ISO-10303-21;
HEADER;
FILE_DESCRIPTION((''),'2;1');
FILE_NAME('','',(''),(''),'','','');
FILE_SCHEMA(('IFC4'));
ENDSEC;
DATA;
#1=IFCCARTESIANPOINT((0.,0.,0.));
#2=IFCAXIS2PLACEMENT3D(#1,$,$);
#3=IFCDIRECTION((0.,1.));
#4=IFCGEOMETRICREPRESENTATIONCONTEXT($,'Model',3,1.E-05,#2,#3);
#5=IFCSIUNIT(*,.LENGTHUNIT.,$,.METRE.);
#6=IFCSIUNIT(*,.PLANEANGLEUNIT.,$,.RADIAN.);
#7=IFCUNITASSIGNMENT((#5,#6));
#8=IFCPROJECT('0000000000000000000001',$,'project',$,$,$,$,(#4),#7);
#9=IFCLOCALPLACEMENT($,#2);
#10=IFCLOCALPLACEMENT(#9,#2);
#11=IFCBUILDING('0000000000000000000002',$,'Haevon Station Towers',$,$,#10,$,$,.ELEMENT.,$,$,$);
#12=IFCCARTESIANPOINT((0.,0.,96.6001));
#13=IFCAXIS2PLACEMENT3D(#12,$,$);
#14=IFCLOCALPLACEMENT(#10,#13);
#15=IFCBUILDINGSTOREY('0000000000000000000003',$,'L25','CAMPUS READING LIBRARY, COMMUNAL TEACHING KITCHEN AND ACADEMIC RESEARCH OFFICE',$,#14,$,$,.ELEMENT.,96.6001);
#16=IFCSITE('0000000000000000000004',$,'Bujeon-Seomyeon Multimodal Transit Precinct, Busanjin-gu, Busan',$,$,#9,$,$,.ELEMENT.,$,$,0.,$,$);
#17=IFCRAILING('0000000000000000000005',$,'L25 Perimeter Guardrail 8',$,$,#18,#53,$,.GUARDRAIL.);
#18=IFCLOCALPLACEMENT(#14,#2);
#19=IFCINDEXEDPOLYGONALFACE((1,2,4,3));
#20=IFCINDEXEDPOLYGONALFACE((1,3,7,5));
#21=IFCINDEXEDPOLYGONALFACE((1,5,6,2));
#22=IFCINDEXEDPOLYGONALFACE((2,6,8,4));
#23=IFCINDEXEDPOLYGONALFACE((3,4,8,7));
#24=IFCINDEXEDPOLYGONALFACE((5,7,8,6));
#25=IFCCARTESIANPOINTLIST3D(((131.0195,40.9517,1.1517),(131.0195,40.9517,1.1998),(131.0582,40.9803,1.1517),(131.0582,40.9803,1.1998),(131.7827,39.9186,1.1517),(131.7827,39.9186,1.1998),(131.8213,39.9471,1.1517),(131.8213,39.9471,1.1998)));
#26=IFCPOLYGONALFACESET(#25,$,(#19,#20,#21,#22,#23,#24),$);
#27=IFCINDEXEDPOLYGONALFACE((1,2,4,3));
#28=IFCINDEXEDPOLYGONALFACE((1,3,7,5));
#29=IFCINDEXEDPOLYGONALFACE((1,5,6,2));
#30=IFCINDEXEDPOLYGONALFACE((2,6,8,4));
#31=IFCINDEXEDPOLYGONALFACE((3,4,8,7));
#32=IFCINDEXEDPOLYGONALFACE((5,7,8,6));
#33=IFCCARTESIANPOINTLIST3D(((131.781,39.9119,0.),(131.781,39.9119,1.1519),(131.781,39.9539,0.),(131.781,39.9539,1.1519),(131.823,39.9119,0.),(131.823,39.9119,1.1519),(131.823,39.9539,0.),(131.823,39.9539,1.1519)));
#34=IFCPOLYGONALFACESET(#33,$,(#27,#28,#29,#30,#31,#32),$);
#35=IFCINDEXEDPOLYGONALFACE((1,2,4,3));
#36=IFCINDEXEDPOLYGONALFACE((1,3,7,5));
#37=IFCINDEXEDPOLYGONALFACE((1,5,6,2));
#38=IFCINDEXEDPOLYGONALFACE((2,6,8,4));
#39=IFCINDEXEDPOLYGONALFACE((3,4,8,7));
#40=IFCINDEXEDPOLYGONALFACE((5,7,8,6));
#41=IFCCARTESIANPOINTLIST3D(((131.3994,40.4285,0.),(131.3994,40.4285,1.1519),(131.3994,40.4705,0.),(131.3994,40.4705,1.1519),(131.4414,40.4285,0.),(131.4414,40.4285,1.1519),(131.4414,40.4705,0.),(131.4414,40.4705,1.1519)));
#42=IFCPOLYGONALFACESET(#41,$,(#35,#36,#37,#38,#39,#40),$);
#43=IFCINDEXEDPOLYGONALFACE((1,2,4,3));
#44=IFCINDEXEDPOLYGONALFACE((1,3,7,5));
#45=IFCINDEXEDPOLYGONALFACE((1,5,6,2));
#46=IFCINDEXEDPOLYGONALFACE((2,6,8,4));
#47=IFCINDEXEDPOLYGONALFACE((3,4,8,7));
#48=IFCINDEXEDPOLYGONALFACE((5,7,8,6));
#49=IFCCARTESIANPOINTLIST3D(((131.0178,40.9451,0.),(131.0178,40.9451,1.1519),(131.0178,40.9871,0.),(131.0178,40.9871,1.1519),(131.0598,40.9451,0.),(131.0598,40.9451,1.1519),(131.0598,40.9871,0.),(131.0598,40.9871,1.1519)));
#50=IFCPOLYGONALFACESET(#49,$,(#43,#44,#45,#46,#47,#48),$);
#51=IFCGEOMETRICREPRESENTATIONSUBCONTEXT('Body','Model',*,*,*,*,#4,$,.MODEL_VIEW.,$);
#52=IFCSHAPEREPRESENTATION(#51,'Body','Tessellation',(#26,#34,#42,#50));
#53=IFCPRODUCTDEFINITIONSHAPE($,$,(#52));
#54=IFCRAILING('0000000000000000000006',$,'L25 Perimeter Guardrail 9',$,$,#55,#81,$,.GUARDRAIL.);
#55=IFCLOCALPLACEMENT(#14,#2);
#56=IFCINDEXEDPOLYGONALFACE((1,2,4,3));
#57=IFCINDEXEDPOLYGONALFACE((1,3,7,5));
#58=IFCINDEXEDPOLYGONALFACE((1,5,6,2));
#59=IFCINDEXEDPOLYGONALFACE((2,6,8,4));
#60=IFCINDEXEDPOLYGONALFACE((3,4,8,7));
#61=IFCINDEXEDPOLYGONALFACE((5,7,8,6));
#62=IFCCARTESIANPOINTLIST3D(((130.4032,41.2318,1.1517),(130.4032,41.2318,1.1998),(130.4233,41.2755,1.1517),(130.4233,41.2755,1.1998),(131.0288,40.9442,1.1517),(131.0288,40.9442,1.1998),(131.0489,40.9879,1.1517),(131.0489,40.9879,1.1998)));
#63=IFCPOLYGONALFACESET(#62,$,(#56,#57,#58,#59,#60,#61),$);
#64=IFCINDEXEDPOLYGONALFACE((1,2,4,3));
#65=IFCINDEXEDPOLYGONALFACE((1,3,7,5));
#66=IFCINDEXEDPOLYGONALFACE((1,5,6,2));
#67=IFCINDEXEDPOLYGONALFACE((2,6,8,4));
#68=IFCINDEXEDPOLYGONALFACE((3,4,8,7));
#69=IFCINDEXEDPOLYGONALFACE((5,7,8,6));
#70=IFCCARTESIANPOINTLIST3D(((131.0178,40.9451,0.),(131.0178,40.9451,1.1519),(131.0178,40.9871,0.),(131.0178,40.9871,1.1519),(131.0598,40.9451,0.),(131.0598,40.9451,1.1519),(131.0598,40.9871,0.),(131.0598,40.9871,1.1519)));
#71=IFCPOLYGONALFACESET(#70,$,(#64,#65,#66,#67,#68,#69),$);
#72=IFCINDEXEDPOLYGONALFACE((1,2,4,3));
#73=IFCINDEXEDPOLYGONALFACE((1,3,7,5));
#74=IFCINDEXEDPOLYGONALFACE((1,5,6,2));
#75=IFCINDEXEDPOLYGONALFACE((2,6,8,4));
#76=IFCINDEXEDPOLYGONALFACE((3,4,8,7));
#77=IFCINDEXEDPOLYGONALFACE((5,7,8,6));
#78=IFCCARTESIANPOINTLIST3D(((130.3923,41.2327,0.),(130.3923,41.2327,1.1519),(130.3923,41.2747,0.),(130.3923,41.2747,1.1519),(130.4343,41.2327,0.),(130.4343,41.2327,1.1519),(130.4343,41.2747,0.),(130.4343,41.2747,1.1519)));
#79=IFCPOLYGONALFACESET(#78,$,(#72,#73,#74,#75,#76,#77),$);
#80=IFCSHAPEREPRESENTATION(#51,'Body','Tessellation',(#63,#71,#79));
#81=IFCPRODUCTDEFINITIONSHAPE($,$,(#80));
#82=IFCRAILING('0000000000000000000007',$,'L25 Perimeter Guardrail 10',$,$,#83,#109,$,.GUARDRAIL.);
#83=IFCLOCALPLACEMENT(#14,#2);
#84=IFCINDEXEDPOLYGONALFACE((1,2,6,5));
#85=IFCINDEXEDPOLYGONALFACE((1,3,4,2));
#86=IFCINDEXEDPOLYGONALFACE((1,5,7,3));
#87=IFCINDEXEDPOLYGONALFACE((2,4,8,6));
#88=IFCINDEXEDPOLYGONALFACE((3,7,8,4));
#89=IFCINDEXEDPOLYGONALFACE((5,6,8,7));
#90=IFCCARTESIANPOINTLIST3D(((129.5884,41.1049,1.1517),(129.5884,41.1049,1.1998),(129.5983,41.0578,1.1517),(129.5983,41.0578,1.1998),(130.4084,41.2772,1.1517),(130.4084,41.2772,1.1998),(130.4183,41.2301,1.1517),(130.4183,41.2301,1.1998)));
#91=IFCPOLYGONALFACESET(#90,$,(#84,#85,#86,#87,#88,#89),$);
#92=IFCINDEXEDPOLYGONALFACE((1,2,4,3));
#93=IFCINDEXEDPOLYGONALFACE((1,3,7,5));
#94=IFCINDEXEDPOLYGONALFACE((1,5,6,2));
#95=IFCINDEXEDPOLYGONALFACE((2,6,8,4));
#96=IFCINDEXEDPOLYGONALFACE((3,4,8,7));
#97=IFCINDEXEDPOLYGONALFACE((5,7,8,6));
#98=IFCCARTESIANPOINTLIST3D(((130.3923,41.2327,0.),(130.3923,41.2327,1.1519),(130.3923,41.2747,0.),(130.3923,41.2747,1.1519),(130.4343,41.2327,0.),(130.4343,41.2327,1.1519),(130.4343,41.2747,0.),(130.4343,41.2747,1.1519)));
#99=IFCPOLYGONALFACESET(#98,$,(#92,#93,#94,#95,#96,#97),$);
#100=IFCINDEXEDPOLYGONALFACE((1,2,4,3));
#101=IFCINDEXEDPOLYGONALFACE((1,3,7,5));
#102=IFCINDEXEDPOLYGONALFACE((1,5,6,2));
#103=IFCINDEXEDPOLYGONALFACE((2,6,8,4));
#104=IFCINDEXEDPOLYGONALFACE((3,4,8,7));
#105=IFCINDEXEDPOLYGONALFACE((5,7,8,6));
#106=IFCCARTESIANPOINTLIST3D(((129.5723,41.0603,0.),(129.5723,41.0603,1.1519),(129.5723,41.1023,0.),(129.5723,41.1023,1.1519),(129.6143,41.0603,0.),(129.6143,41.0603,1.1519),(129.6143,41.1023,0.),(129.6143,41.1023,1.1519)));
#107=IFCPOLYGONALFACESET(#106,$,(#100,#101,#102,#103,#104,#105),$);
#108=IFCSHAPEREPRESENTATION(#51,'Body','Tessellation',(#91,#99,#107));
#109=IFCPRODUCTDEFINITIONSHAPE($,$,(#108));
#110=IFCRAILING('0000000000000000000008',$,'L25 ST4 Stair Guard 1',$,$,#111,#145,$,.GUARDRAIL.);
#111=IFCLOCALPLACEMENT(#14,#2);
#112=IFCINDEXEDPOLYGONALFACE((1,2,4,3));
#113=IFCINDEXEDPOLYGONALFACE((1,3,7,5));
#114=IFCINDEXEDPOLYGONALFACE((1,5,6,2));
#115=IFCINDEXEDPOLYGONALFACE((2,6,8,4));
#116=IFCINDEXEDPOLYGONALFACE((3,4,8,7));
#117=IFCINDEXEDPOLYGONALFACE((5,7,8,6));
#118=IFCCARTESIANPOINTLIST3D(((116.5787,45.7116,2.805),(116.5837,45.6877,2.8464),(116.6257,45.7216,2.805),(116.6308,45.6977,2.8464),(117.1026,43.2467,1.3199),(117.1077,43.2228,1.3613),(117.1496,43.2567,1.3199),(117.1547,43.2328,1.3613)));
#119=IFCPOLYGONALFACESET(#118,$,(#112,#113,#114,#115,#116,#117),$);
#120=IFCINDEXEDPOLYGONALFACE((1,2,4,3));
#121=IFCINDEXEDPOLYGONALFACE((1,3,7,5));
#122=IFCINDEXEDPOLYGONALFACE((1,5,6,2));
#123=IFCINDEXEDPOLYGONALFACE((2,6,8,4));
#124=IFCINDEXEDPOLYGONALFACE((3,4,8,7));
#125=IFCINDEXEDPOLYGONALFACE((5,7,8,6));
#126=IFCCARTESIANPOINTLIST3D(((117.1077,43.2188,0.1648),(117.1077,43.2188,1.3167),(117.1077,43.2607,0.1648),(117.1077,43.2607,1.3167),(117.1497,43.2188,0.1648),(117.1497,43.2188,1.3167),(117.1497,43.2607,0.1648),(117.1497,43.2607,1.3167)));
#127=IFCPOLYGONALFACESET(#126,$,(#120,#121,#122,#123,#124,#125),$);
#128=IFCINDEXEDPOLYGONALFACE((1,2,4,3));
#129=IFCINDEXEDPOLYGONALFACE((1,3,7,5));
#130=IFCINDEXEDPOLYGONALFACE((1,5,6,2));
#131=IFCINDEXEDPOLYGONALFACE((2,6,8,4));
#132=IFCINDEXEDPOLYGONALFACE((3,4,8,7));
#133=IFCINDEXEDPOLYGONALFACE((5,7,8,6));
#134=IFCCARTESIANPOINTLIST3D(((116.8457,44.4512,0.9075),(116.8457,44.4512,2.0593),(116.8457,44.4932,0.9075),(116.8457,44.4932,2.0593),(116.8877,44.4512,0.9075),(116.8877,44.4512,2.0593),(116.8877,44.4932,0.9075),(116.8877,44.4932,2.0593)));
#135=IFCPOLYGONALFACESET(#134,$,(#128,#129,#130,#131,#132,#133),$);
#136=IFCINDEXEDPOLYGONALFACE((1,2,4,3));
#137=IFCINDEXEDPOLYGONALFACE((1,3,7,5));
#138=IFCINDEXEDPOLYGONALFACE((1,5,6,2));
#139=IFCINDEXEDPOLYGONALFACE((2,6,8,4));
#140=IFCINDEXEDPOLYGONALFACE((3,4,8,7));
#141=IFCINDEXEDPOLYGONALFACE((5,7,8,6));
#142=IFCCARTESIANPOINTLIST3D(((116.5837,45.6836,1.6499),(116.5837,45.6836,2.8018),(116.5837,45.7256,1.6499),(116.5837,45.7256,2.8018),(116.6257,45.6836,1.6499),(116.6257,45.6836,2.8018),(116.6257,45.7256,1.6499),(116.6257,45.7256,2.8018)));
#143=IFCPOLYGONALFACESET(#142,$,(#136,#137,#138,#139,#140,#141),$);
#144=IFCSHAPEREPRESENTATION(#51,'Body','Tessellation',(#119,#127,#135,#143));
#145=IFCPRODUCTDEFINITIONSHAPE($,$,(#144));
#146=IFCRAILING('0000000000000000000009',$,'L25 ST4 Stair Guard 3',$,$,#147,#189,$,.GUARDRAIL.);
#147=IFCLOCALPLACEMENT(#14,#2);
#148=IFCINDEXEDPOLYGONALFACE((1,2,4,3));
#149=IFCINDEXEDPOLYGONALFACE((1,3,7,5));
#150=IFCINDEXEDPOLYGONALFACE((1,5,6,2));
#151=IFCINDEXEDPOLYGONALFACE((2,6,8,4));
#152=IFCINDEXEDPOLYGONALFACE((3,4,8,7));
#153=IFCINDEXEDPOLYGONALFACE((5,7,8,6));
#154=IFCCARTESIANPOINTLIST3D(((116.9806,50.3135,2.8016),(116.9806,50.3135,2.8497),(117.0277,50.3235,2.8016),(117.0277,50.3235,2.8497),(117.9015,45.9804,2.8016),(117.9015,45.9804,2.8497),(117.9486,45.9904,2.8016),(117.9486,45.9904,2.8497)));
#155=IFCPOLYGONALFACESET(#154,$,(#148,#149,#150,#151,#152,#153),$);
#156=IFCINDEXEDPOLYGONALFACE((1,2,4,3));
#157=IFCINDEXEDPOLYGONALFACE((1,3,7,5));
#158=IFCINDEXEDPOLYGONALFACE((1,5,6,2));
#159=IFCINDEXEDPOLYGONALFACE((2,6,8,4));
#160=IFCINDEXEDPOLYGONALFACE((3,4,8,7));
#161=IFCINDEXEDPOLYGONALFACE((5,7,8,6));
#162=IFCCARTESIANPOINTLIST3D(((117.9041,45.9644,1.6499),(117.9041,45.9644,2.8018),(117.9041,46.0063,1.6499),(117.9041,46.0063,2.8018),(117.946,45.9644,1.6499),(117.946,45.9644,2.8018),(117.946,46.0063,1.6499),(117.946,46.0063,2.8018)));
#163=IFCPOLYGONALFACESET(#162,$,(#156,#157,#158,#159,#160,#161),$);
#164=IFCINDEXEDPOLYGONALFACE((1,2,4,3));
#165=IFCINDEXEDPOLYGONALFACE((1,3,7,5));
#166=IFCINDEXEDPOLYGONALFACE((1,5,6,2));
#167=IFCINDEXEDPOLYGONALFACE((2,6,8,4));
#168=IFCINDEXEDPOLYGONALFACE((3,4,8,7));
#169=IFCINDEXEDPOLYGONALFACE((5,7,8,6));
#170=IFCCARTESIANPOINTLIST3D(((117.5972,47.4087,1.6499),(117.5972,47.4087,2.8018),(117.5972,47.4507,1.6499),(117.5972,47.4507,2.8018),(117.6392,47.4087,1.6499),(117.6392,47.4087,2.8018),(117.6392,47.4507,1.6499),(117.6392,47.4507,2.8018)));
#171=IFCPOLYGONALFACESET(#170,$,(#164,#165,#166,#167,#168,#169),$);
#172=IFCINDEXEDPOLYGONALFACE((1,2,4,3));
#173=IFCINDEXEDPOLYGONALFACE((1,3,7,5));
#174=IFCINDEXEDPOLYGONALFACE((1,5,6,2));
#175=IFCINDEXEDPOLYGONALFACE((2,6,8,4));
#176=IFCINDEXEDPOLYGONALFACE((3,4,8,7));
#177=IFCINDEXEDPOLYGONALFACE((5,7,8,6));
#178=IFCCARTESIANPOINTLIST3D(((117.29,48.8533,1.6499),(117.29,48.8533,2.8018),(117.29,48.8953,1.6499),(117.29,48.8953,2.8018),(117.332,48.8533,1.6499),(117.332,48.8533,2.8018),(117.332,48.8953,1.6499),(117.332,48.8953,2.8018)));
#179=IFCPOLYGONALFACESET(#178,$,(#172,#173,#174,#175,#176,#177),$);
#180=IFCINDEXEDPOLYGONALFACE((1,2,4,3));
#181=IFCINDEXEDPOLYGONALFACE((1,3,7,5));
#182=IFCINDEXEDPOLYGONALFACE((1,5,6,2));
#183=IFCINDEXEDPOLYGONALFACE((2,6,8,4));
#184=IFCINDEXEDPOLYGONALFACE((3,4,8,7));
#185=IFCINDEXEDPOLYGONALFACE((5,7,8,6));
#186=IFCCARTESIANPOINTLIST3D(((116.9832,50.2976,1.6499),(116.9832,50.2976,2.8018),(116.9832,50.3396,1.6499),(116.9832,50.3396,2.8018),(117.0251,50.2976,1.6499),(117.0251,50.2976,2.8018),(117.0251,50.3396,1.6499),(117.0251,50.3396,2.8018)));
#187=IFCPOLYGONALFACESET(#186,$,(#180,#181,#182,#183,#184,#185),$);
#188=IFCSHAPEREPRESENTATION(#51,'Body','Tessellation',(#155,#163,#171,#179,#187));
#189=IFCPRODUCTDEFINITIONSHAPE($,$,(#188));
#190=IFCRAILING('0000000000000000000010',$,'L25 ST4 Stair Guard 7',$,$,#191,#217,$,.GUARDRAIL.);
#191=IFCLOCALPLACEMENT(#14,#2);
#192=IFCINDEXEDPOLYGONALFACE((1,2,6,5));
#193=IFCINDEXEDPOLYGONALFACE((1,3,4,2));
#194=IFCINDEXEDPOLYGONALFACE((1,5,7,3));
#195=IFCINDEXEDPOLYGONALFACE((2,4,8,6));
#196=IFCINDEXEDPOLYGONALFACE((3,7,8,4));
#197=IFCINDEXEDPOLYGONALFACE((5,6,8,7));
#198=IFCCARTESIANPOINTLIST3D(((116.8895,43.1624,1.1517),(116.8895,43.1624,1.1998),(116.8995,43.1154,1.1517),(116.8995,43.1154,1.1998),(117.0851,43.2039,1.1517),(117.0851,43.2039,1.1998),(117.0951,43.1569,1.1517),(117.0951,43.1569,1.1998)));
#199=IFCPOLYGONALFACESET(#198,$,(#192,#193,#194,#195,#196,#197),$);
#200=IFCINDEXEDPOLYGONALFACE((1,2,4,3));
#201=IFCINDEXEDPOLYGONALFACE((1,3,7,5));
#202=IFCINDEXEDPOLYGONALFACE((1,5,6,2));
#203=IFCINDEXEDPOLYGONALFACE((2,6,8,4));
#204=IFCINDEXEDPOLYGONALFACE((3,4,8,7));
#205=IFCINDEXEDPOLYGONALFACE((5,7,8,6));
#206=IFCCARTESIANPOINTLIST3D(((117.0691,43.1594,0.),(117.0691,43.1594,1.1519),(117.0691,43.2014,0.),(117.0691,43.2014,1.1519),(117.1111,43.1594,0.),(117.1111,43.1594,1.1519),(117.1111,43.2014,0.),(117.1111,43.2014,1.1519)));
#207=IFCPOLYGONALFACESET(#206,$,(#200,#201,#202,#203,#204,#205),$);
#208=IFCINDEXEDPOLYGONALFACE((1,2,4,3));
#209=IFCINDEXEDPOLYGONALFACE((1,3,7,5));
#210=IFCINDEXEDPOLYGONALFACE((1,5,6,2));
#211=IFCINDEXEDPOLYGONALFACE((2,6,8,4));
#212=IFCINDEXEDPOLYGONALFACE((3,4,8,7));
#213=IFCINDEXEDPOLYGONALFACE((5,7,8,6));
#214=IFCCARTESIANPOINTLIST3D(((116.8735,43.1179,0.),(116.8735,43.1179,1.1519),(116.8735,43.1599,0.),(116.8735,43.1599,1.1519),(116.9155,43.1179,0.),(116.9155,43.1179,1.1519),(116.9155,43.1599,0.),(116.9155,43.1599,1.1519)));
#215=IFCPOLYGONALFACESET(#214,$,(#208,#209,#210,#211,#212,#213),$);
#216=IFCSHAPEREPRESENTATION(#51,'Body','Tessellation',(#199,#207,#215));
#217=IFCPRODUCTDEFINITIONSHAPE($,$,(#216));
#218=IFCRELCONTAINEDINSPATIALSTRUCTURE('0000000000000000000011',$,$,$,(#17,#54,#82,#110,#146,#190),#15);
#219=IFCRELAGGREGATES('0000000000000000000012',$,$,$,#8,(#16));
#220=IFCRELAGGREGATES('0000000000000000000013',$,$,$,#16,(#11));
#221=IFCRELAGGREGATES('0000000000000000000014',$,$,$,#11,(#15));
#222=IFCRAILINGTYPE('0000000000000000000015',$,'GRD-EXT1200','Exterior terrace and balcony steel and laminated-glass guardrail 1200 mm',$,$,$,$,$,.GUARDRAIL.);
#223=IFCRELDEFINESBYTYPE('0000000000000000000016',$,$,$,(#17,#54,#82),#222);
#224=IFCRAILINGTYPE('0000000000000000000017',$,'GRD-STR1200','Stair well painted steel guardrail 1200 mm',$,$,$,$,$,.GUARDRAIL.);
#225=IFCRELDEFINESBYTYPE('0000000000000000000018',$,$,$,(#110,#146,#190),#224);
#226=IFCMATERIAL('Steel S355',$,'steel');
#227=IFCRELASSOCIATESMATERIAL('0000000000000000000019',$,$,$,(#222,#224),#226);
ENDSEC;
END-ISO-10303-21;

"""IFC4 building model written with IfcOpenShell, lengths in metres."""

from ifc_helpers import new_model, si_unit, direction, frame, origin, origin_2d, place, context, subcontext, project, spatial, rectangle, extrude, material, type_object, element, save


model = new_model("IFC4")

# Units and contexts
model_context = context("Model", 3, precision=1e-05, world=origin(), true_north=direction((0.0, 1.0)))
body_context = subcontext(model_context, "Body", "Model", "MODEL_VIEW")
ifc_project = project(units=[si_unit("LENGTHUNIT", "METRE"), si_unit("PLANEANGLEUNIT", "RADIAN")], contexts=[model_context])

# Site, building, storey
site_placement = place(None, origin())
site = spatial("IfcSite", under=ifc_project, at=site_placement, Name="Bujeon-Seomyeon Multimodal Transit Precinct, Busanjin-gu, Busan", CompositionType="ELEMENT", RefElevation=0.0)
building_placement = place(site_placement, origin())
building = spatial("IfcBuilding", under=site, at=building_placement, Name="Haevon Station Towers", CompositionType="ELEMENT")
storey_placement = place(building_placement, frame((0.0, 0.0, 96.6001)))
storey = spatial("IfcBuildingStorey", under=building, at=storey_placement, Name="L25", Description="CAMPUS READING LIBRARY, COMMUNAL TEACHING KITCHEN AND ACADEMIC RESEARCH OFFICE", CompositionType="ELEMENT", Elevation=96.6001)

# Shared definitions
ifc_material_1 = material(Name="Steel S355", Category="steel")

# Railings
railing_type_1 = type_object("IfcRailingType", Name="GRD-EXT1200", Description="Exterior terrace and balcony steel and laminated-glass guardrail 1200 mm", PredefinedType="GUARDRAIL", material=ifc_material_1)
railing_1_placement = place(storey_placement, frame((131.802, 39.9329, 0.0)))
element("IfcRailing", 1, at=railing_1_placement, inside=storey, type_object=railing_type_1, Name="L25 Perimeter Guardrail 8", PredefinedType="GUARDRAIL", context=body_context, shape_type="SweptSolid", body=[
    extrude(rectangle(XDim=0.0481, YDim=0.0481, at=origin_2d()), frame((0.0, 0.0, 1.1758), z_axis=(-0.594145, 0.804358, 0.0), x_axis=(-0.804358, -0.594145, 0.0)), (0.0, 0.0, 1.0), 1.2844),
    extrude(rectangle(XDim=0.042, YDim=0.042, at=origin_2d()), origin(), (0.0, 0.0, 1.0), 1.1519),
    extrude(rectangle(XDim=0.042, YDim=0.042, at=origin_2d()), frame((-0.3816, 0.5166, 0.0)), (0.0, 0.0, 1.0), 1.1519),
    extrude(rectangle(XDim=0.042, YDim=0.042, at=origin_2d()), frame((-0.7632, 1.0332, 0.0)), (0.0, 0.0, 1.0), 1.1519),
])
railing_2_placement = place(storey_placement, frame((131.0388, 40.9661, 0.0)))
element("IfcRailing", 2, at=railing_2_placement, inside=storey, type_object=railing_type_1, Name="L25 Perimeter Guardrail 9", PredefinedType="GUARDRAIL", context=body_context, shape_type="SweptSolid", body=[
    extrude(rectangle(XDim=0.0481, YDim=0.0481, at=origin_2d()), frame((0.0, 0.0, 1.1758), z_axis=(-0.90856, 0.417753, 0.0), x_axis=(-0.417753, -0.90856, 0.0)), (0.0, 0.0, 1.0), 0.6885),
    extrude(rectangle(XDim=0.042, YDim=0.042, at=origin_2d()), origin(), (0.0, 0.0, 1.0), 1.1519),
    extrude(rectangle(XDim=0.042, YDim=0.042, at=origin_2d()), frame((-0.6255, 0.2876, 0.0)), (0.0, 0.0, 1.0), 1.1519),
])
railing_3_placement = place(storey_placement, frame((130.4133, 41.2537, 0.0)))
element("IfcRailing", 3, at=railing_3_placement, inside=storey, type_object=railing_type_1, Name="L25 Perimeter Guardrail 10", PredefinedType="GUARDRAIL", context=body_context, shape_type="SweptSolid", body=[
    extrude(rectangle(XDim=0.0481, YDim=0.0481, at=origin_2d()), frame((0.0, 0.0, 1.1758), z_axis=(-0.978618, -0.205687, 0.0), x_axis=(0.205687, -0.978618, 0.0)), (0.0, 0.0, 1.0), 0.8379),
    extrude(rectangle(XDim=0.042, YDim=0.042, at=origin_2d()), origin(), (0.0, 0.0, 1.0), 1.1519),
    extrude(rectangle(XDim=0.042, YDim=0.042, at=origin_2d()), frame((-0.8201, -0.1724, 0.0)), (0.0, 0.0, 1.0), 1.1519),
])
railing_type_2 = type_object("IfcRailingType", Name="GRD-STR1200", Description="Stair well painted steel guardrail 1200 mm", PredefinedType="GUARDRAIL", material=ifc_material_1)
railing_4_placement = place(storey_placement, frame((117.1287, 43.2397, 0.1648)))
element("IfcRailing", 4, at=railing_4_placement, inside=storey, type_object=railing_type_2, Name="L25 ST4 Stair Guard 1", PredefinedType="GUARDRAIL", context=body_context, shape_type="SweptSolid", body=[
    extrude(rectangle(XDim=0.0481, YDim=0.0481, at=origin_2d()), frame((0.0, 0.0, 1.1758), z_axis=(-0.179121, 0.842688, 0.507733), x_axis=(-0.978147, -0.207914, 0.0)), (0.0, 0.0, 1.0), 2.925),
    extrude(rectangle(XDim=0.042, YDim=0.042, at=origin_2d()), origin(), (0.0, 0.0, 1.0), 1.1519),
    extrude(rectangle(XDim=0.042, YDim=0.042, at=origin_2d()), frame((-0.262, 1.2324, 0.7427)), (0.0, 0.0, 1.0), 1.1519),
    extrude(rectangle(XDim=0.042, YDim=0.042, at=origin_2d()), frame((-0.5239, 2.4648, 1.4851)), (0.0, 0.0, 1.0), 1.1519),
])
railing_5_placement = place(storey_placement, frame((117.925, 45.9854, 1.6499)))
element("IfcRailing", 5, at=railing_5_placement, inside=storey, type_object=railing_type_2, Name="L25 ST4 Stair Guard 3", PredefinedType="GUARDRAIL", context=body_context, shape_type="SweptSolid", body=[
    extrude(rectangle(XDim=0.0481, YDim=0.0481, at=origin_2d()), frame((0.0, 0.0, 1.1758), z_axis=(-0.207877, 0.978155, 0.0), x_axis=(-0.978155, -0.207877, 0.0)), (0.0, 0.0, 1.0), 4.4299),
    extrude(rectangle(XDim=0.042, YDim=0.042, at=origin_2d()), origin(), (0.0, 0.0, 1.0), 1.1519),
    extrude(rectangle(XDim=0.042, YDim=0.042, at=origin_2d()), frame((-0.3069, 1.4443, 0.0)), (0.0, 0.0, 1.0), 1.1519),
    extrude(rectangle(XDim=0.042, YDim=0.042, at=origin_2d()), frame((-0.614, 2.8889, 0.0)), (0.0, 0.0, 1.0), 1.1519),
    extrude(rectangle(XDim=0.042, YDim=0.042, at=origin_2d()), frame((-0.9209, 4.3333, 0.0)), (0.0, 0.0, 1.0), 1.1519),
])
railing_6_placement = place(storey_placement, frame((117.0901, 43.1804, 0.0)))
element("IfcRailing", 6, at=railing_6_placement, inside=storey, type_object=railing_type_2, Name="L25 ST4 Stair Guard 7", PredefinedType="GUARDRAIL", context=body_context, shape_type="SweptSolid", body=[
    extrude(rectangle(XDim=0.0481, YDim=0.0481, at=origin_2d()), frame((0.0, 0.0, 1.1758), z_axis=(-0.978212, -0.20761, 0.0), x_axis=(0.20761, -0.978212, 0.0)), (0.0, 0.0, 1.0), 0.2),
    extrude(rectangle(XDim=0.042, YDim=0.042, at=origin_2d()), origin(), (0.0, 0.0, 1.0), 1.1519),
    extrude(rectangle(XDim=0.042, YDim=0.042, at=origin_2d()), frame((-0.1956, -0.0415, 0.0)), (0.0, 0.0, 1.0), 1.1519),
])

save(model, "model.ifc")
